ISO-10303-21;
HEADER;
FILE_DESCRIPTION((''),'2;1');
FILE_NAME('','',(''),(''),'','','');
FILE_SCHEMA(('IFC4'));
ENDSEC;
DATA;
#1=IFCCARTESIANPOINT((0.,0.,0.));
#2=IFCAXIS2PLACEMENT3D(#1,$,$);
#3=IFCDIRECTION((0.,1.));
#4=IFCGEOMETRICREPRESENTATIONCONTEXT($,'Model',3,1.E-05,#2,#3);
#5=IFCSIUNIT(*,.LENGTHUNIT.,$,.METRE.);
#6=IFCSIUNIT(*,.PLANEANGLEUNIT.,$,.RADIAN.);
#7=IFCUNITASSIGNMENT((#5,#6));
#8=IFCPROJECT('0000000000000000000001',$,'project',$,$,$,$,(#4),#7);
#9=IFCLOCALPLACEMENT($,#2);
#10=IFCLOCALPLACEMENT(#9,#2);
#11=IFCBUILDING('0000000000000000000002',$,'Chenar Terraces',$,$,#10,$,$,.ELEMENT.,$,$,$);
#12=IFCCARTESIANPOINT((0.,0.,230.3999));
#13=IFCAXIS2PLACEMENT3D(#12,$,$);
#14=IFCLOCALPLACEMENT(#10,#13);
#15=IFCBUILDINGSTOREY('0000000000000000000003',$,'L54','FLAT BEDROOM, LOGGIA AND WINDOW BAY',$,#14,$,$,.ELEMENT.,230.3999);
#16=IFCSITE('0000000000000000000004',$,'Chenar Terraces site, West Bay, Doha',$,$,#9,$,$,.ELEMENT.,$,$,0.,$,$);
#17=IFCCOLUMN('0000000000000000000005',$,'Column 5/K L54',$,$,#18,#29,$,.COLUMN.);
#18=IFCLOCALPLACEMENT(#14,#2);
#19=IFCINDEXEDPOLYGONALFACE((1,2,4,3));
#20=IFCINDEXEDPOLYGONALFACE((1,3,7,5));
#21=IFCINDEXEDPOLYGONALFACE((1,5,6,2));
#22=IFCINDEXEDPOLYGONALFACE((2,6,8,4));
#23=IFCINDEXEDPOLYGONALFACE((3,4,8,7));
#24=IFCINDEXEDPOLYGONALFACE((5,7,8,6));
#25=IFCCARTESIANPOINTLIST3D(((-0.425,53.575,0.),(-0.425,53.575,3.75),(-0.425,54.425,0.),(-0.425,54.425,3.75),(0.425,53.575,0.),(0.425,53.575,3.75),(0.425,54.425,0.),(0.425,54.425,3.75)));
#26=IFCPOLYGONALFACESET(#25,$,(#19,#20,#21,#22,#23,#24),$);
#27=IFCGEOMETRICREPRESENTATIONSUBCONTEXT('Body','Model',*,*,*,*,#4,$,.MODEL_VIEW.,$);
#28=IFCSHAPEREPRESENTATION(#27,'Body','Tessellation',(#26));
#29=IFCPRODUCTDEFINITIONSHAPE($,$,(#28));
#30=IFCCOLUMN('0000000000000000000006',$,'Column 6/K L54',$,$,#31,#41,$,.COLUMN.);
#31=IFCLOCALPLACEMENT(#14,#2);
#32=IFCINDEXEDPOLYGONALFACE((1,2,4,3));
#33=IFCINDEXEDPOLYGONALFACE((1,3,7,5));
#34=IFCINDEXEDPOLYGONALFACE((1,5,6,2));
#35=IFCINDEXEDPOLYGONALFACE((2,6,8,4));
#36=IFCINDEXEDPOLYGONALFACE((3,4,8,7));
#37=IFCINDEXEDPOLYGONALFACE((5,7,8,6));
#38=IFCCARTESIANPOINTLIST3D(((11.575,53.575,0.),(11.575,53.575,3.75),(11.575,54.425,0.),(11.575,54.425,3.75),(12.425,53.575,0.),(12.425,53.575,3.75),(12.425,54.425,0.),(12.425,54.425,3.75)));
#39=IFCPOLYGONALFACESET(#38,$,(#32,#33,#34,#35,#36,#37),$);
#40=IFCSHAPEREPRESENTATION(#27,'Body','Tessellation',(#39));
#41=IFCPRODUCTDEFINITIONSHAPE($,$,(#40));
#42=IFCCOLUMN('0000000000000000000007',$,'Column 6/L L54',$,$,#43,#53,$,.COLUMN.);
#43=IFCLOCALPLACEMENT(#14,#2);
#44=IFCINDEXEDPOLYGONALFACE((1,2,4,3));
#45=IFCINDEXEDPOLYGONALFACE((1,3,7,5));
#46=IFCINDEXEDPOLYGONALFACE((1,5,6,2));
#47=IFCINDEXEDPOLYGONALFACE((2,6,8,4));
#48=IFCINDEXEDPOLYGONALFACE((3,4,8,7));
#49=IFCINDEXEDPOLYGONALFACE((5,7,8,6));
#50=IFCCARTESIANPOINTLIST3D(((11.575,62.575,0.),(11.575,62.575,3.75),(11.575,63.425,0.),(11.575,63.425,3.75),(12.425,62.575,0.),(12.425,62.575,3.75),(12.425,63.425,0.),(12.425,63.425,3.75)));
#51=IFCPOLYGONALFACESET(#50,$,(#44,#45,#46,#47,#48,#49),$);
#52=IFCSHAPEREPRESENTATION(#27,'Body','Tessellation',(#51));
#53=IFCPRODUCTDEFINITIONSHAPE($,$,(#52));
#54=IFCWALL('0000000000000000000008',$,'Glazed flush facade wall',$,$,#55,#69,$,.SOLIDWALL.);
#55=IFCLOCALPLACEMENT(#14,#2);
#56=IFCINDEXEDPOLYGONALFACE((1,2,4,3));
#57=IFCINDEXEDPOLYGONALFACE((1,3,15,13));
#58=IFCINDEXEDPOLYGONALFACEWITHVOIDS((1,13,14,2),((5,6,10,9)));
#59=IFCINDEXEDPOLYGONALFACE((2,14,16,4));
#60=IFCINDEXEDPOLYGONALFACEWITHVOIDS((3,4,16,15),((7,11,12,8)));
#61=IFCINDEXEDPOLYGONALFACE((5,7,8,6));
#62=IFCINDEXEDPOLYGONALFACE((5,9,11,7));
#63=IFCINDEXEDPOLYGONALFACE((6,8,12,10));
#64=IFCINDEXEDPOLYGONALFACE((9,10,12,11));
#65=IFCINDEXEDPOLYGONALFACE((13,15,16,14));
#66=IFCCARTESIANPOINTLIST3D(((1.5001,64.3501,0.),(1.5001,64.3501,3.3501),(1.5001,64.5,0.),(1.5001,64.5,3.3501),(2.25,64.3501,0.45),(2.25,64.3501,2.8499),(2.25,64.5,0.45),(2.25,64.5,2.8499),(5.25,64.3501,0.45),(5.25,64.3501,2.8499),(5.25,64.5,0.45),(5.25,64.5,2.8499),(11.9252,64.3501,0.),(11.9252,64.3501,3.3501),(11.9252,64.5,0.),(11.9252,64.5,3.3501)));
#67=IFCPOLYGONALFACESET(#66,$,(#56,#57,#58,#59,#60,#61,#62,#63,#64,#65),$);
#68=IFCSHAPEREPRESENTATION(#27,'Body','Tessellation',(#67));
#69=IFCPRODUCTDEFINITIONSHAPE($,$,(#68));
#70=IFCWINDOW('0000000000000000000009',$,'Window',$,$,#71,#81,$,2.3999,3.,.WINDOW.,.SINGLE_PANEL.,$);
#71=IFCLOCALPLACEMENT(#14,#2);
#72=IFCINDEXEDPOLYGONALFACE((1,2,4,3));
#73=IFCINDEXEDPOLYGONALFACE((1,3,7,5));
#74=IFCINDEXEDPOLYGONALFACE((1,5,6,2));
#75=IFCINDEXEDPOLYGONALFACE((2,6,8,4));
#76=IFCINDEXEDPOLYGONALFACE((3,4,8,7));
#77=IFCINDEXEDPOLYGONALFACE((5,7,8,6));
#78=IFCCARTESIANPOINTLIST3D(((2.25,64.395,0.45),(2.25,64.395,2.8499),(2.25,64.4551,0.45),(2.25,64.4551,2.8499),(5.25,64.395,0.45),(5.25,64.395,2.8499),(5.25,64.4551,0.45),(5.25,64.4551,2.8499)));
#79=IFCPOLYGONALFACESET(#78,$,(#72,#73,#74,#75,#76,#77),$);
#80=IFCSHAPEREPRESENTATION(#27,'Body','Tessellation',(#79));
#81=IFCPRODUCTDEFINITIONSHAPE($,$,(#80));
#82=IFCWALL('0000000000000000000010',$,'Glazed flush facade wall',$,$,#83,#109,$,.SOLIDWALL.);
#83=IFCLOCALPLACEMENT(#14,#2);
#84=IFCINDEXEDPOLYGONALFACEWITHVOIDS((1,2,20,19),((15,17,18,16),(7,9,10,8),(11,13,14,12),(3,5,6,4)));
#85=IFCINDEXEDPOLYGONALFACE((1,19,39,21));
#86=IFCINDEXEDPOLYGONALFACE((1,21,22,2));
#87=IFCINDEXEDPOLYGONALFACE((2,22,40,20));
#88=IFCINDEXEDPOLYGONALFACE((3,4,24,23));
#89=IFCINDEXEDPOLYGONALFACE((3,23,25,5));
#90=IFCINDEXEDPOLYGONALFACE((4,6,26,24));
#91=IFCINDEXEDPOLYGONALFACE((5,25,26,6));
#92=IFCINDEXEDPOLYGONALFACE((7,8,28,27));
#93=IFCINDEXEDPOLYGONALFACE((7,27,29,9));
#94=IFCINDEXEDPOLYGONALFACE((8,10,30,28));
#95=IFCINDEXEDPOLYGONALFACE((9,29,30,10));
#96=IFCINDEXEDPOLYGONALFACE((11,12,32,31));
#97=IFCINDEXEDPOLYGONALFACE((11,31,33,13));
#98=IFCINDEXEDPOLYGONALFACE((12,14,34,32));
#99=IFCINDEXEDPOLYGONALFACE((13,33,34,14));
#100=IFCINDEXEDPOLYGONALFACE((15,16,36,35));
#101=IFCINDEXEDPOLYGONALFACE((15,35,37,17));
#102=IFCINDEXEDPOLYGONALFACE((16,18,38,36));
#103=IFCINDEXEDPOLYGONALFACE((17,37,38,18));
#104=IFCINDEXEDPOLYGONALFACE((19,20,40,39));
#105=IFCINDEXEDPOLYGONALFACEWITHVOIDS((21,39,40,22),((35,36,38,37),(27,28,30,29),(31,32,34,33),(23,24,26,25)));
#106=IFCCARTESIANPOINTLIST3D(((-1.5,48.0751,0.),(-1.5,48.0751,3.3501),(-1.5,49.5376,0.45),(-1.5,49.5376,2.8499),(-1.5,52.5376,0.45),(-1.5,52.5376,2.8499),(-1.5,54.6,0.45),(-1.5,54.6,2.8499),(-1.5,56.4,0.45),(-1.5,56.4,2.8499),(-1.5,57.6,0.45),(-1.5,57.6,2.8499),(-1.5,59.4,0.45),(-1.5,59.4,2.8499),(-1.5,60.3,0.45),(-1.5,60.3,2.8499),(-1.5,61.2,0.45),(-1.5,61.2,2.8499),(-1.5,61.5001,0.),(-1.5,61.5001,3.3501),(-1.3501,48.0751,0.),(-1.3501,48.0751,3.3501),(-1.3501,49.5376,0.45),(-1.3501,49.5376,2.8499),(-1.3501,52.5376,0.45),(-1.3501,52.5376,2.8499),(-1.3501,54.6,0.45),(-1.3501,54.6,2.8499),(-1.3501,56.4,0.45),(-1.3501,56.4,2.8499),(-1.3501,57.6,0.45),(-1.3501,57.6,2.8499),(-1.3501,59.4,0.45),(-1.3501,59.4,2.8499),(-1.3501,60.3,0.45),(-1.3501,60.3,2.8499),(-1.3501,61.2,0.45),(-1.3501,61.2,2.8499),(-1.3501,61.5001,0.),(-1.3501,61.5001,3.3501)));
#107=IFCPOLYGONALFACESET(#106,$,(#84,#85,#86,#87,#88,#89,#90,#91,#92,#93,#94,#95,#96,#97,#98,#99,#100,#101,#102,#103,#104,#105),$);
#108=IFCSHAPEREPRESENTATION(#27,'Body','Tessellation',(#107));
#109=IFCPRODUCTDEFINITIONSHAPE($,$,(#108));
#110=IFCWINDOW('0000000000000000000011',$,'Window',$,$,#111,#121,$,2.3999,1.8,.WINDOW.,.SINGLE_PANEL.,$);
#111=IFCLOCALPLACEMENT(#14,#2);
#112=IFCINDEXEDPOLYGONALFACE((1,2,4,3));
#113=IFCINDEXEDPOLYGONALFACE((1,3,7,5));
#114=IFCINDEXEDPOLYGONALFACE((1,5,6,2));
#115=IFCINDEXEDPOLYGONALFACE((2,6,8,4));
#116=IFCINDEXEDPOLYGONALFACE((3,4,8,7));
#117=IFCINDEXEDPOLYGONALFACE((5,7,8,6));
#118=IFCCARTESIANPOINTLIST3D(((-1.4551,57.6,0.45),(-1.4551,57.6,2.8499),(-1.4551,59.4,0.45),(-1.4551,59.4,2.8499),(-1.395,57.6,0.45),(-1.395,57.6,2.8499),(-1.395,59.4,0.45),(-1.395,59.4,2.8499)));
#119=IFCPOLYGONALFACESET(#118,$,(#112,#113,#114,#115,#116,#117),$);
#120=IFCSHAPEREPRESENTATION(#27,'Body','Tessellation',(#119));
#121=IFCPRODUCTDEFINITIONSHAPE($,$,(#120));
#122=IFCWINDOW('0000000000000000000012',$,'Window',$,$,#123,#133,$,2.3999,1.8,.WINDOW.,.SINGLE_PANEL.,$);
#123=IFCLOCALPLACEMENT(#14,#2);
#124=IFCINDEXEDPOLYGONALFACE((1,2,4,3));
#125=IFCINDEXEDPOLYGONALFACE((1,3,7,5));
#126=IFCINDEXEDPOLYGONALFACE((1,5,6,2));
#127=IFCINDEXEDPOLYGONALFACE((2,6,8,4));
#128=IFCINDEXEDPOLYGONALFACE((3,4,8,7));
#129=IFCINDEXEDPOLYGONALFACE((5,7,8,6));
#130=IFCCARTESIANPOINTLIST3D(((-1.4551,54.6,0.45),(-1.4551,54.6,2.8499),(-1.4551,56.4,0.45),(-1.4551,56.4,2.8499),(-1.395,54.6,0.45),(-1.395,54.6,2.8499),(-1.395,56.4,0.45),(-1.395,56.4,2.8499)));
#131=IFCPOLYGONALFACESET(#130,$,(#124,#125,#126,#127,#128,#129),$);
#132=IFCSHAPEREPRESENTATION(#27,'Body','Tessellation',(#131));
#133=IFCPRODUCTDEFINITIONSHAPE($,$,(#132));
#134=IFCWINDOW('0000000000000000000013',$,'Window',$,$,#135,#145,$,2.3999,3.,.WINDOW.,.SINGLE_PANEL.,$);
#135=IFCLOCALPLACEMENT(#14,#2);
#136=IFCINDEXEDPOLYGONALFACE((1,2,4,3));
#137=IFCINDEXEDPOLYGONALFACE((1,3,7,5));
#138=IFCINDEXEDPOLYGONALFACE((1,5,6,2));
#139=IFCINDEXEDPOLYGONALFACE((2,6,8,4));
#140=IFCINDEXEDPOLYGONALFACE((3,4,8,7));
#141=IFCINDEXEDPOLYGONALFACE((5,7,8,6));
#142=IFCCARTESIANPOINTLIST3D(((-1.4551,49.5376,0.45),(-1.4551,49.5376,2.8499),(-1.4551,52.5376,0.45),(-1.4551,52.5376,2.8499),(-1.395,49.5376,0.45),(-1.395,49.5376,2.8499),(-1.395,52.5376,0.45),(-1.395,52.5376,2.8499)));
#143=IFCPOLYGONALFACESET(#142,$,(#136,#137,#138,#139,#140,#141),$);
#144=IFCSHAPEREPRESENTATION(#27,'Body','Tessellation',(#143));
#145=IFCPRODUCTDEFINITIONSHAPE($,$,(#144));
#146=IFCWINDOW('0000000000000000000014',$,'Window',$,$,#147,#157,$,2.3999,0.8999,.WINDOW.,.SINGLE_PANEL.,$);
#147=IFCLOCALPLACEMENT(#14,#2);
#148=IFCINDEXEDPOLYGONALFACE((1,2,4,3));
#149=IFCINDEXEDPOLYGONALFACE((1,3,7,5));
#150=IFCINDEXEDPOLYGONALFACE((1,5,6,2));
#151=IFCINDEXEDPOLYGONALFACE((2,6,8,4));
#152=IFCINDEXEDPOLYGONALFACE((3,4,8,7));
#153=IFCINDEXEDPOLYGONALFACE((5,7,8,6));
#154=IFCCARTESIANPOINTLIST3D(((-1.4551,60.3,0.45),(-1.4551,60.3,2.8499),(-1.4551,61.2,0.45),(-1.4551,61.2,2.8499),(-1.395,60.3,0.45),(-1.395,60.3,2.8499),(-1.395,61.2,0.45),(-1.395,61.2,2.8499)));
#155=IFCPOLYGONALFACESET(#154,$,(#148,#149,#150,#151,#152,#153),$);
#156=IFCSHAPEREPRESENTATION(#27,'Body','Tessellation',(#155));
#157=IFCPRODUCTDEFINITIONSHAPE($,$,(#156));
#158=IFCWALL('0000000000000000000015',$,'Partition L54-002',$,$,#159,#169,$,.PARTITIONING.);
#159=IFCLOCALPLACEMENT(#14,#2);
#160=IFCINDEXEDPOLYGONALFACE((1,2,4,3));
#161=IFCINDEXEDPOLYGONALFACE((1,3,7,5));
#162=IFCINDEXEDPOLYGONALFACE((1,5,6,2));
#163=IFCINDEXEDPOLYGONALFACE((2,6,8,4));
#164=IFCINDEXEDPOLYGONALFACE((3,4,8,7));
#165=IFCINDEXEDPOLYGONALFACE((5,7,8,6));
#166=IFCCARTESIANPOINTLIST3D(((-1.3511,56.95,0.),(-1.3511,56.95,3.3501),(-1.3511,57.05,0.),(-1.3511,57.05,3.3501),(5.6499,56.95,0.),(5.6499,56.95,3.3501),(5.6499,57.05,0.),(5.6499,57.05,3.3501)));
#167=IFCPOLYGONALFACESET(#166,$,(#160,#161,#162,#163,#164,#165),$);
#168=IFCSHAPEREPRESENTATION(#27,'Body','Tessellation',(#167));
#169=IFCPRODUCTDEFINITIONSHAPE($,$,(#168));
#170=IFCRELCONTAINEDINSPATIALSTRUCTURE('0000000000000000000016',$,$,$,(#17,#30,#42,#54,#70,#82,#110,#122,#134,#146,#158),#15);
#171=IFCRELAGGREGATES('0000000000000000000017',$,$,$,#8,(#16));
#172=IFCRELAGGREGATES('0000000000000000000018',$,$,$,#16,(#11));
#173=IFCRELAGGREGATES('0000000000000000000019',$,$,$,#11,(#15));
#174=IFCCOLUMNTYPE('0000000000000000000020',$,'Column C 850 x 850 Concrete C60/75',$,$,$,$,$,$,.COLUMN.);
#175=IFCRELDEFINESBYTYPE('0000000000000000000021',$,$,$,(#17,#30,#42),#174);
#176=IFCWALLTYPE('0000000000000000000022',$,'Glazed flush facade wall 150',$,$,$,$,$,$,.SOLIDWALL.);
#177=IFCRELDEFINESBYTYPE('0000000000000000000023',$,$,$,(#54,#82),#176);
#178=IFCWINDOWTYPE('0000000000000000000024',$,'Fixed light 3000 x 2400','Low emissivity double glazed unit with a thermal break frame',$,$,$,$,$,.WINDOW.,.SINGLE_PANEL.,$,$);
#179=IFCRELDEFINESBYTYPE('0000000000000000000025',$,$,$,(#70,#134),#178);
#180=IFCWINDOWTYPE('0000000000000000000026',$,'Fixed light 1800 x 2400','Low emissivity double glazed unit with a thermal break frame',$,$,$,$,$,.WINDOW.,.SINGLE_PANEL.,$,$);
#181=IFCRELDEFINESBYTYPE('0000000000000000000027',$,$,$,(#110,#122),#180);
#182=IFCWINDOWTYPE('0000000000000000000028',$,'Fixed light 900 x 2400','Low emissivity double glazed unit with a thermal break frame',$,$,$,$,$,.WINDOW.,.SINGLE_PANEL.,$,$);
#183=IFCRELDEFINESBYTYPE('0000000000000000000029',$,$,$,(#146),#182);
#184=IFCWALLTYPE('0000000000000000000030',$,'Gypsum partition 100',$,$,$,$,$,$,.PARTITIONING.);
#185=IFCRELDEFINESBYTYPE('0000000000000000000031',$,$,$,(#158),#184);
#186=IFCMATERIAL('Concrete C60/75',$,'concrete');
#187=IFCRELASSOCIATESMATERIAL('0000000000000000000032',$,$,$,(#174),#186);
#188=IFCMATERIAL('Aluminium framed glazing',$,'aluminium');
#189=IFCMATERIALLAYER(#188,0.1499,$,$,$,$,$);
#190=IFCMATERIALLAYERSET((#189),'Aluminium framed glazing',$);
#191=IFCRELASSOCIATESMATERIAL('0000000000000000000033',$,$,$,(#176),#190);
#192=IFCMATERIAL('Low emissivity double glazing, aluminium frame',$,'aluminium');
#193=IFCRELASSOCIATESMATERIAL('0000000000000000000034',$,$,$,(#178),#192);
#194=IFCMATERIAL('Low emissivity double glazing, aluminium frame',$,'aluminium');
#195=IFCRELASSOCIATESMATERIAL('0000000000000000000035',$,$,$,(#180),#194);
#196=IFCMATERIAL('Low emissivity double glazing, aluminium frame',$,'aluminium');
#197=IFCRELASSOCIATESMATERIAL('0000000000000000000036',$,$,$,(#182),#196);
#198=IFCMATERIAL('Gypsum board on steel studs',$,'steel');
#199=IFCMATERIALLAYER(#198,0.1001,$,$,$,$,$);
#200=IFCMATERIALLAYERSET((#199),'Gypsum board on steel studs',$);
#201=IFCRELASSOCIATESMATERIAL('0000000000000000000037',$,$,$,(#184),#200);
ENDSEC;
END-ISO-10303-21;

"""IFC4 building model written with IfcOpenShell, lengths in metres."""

from ifc_helpers import new_model, si_unit, direction, frame, frame_2d, origin, origin_2d, place, context, subcontext, project, spatial, rectangle, extrude, material, layer, layer_set, material_profile, profile_set, type_object, element, fill, save


model = new_model("IFC4")

# Units and contexts
model_context = context("Model", 3, precision=1e-05, world=origin(), true_north=direction((0.0, 1.0)))
body_context = subcontext(model_context, "Body", "Model", "MODEL_VIEW")
ifc_project = project(units=[si_unit("LENGTHUNIT", "METRE"), si_unit("PLANEANGLEUNIT", "RADIAN")], contexts=[model_context])

# Site, building, storey
site_placement = place(None, origin())
site = spatial("IfcSite", under=ifc_project, at=site_placement, Name="Chenar Terraces site, West Bay, Doha", CompositionType="ELEMENT", RefElevation=0.0)
building_placement = place(site_placement, origin())
building = spatial("IfcBuilding", under=site, at=building_placement, Name="Chenar Terraces", CompositionType="ELEMENT")
storey_placement = place(building_placement, frame((0.0, 0.0, 230.3999)))
storey = spatial("IfcBuildingStorey", under=building, at=storey_placement, Name="L54", Description="FLAT BEDROOM, LOGGIA AND WINDOW BAY", CompositionType="ELEMENT", Elevation=230.3999)

# Columns
ifc_material_1 = material(Name="Concrete C60/75", Category="concrete")
ifc_material_profile = material_profile(ifc_material_1, rectangle(XDim=0.8501, YDim=0.8501, at=origin_2d()), Name="C 850 x 850")
ifc_profile_set = profile_set([ifc_material_profile], Name="Concrete C60/75")
column_type = type_object("IfcColumnType", Name="Column C 850 x 850 Concrete C60/75", PredefinedType="COLUMN", material=ifc_profile_set)
placement = place(storey_placement, frame((0.0, 54.0, 0.0), z_axis=(0.0, 0.0, 1.0), x_axis=(1.0, 0.0, 0.0)))
element("IfcColumn", 1, at=placement, inside=storey, type_object=column_type, Name="Column 5/K L54", PredefinedType="COLUMN", context=body_context, shape_type="SweptSolid", body=[
    extrude(rectangle(XDim=0.8501, YDim=0.8501, at=origin_2d()), origin(), (0.0, 0.0, 1.0), 3.75),
])
for number, where, z_axis, x_axis, name in (
    (2, (12.0, 54.0, 0.0), (0.0, 0.0, 1.0), (1.0, 0.0, 0.0), "Column 6/K L54"),
    (3, (12.0, 63.0, 0.0), (0.0, 0.0, 1.0), (1.0, 0.0, 0.0), "Column 6/L L54"),
):
    element("IfcColumn", number, at=place(storey_placement, frame(where, z_axis=z_axis, x_axis=x_axis)), inside=storey, type_object=column_type, Name=name, PredefinedType="COLUMN", context=body_context, shape_type="SweptSolid", body=[
        extrude(rectangle(XDim=0.8501, YDim=0.8501, at=origin_2d()), origin(), (0.0, 0.0, 1.0), 3.75),
    ])

# Wall, opening, window
ifc_material_2 = material(Name="Aluminium framed glazing", Category="aluminium")
ifc_layer_1 = layer(ifc_material_2, 0.1499)
ifc_layer_set_1 = layer_set([ifc_layer_1], Name="Aluminium framed glazing")
wall_type_1 = type_object("IfcWallType", Name="Glazed flush facade wall 150", PredefinedType="SOLIDWALL", material=ifc_layer_set_1)
wall_1_placement = place(storey_placement, frame((11.925, 64.425, 0.0), z_axis=(0.0, 0.0, 1.0), x_axis=(-1.0, 0.0, 0.0)))
wall_1 = element("IfcWall", 4, at=wall_1_placement, inside=storey, type_object=wall_type_1, Name="Glazed flush facade wall", PredefinedType="SOLIDWALL", context=body_context, shape_type="SweptSolid", body=[
    extrude(rectangle(XDim=10.425, YDim=0.1499, at=frame_2d((5.2124, 0.0))), origin(), (0.0, 0.0, 1.0), 3.3501),
])
opening_1_placement = place(wall_1_placement, frame((6.675, 0.0, 0.45)))
opening_1 = element("IfcOpeningElement", 5, at=opening_1_placement, cuts=wall_1, PredefinedType="OPENING", context=body_context, shape_type="SweptSolid", body=[
    extrude(rectangle(XDim=3.0, YDim=2.3999, at=frame_2d((1.5, 1.2))), frame((0.0, 0.085, 0.0), z_axis=(0.0, -1.0, 0.0), x_axis=(1.0, 0.0, 0.0)), (0.0, 0.0, 1.0), 0.1699),
])
ifc_material_3 = material(Name="Low emissivity double glazing, aluminium frame", Category="aluminium")
window_type_1 = type_object("IfcWindowType", Name="Fixed light 3000 x 2400", Description="Low emissivity double glazed unit with a thermal break frame", PartitioningType="SINGLE_PANEL", PredefinedType="WINDOW", material=ifc_material_3)
window_1_placement = place(opening_1_placement, origin())
window_1 = element("IfcWindow", 6, at=window_1_placement, inside=storey, type_object=window_type_1, Name="Window", OverallHeight=2.3999, OverallWidth=3.0, PartitioningType="SINGLE_PANEL", PredefinedType="WINDOW", context=body_context, shape_type="SweptSolid", body=[
    extrude(rectangle(XDim=3.0, YDim=2.3999, at=frame_2d((1.5, 1.2))), frame((0.0, 0.03, 0.0), z_axis=(0.0, -1.0, 0.0), x_axis=(1.0, 0.0, 0.0)), (0.0, 0.0, 1.0), 0.0601),
])
fill(opening_1, window_1)

# Wall, openings, windows
wall_2_placement = place(storey_placement, frame((-1.425, 61.5, 0.0), z_axis=(0.0, 0.0, 1.0), x_axis=(0.0, -1.0, 0.0)))
wall_2 = element("IfcWall", 7, at=wall_2_placement, inside=storey, type_object=wall_type_1, Name="Glazed flush facade wall", PredefinedType="SOLIDWALL", context=body_context, shape_type="SweptSolid", body=[
    extrude(rectangle(XDim=13.425, YDim=0.1499, at=frame_2d((6.7124, 0.0))), origin(), (0.0, 0.0, 1.0), 3.3501),
])
opening_2_placement = place(wall_2_placement, frame((0.3, 0.0, 0.45)))
opening_2 = element("IfcOpeningElement", 8, at=opening_2_placement, cuts=wall_2, PredefinedType="OPENING", context=body_context, shape_type="SweptSolid", body=[
    extrude(rectangle(XDim=0.8999, YDim=2.3999, at=frame_2d((0.45, 1.2))), frame((0.0, 0.085, 0.0), z_axis=(0.0, -1.0, 0.0), x_axis=(1.0, 0.0, 0.0)), (0.0, 0.0, 1.0), 0.1699),
])
opening_3_placement = place(wall_2_placement, frame((2.1001, 0.0, 0.45)))
opening_3 = element("IfcOpeningElement", 9, at=opening_3_placement, cuts=wall_2, PredefinedType="OPENING", context=body_context, shape_type="SweptSolid", body=[
    extrude(rectangle(XDim=1.8, YDim=2.3999, at=frame_2d((0.8999, 1.2))), frame((0.0, 0.085, 0.0), z_axis=(0.0, -1.0, 0.0), x_axis=(1.0, 0.0, 0.0)), (0.0, 0.0, 1.0), 0.1699),
])
opening_4_placement = place(wall_2_placement, frame((5.1001, 0.0, 0.45)))
opening_4 = element("IfcOpeningElement", 10, at=opening_4_placement, cuts=wall_2, PredefinedType="OPENING", context=body_context, shape_type="SweptSolid", body=[
    extrude(rectangle(XDim=1.8, YDim=2.3999, at=frame_2d((0.8999, 1.2))), frame((0.0, 0.085, 0.0), z_axis=(0.0, -1.0, 0.0), x_axis=(1.0, 0.0, 0.0)), (0.0, 0.0, 1.0), 0.1699),
])
opening_5_placement = place(wall_2_placement, frame((8.9624, 0.0, 0.45)))
opening_5 = element("IfcOpeningElement", 11, at=opening_5_placement, cuts=wall_2, PredefinedType="OPENING", context=body_context, shape_type="SweptSolid", body=[
    extrude(rectangle(XDim=3.0, YDim=2.3999, at=frame_2d((1.5, 1.2))), frame((0.0, 0.085, 0.0), z_axis=(0.0, -1.0, 0.0), x_axis=(1.0, 0.0, 0.0)), (0.0, 0.0, 1.0), 0.1699),
])
ifc_material_4 = material(Name="Low emissivity double glazing, aluminium frame", Category="aluminium")
window_type_2 = type_object("IfcWindowType", Name="Fixed light 1800 x 2400", Description="Low emissivity double glazed unit with a thermal break frame", PartitioningType="SINGLE_PANEL", PredefinedType="WINDOW", material=ifc_material_4)
window_2_placement = place(opening_3_placement, origin())
window_2 = element("IfcWindow", 12, at=window_2_placement, inside=storey, type_object=window_type_2, Name="Window", OverallHeight=2.3999, OverallWidth=1.8, PartitioningType="SINGLE_PANEL", PredefinedType="WINDOW", context=body_context, shape_type="SweptSolid", body=[
    extrude(rectangle(XDim=1.8, YDim=2.3999, at=frame_2d((0.8999, 1.2))), frame((0.0, 0.03, 0.0), z_axis=(0.0, -1.0, 0.0), x_axis=(1.0, 0.0, 0.0)), (0.0, 0.0, 1.0), 0.0601),
])
fill(opening_3, window_2)
window_3_placement = place(opening_4_placement, origin())
window_3 = element("IfcWindow", 13, at=window_3_placement, inside=storey, type_object=window_type_2, Name="Window", OverallHeight=2.3999, OverallWidth=1.8, PartitioningType="SINGLE_PANEL", PredefinedType="WINDOW", context=body_context, shape_type="SweptSolid", body=[
    extrude(rectangle(XDim=1.8, YDim=2.3999, at=frame_2d((0.8999, 1.2))), frame((0.0, 0.03, 0.0), z_axis=(0.0, -1.0, 0.0), x_axis=(1.0, 0.0, 0.0)), (0.0, 0.0, 1.0), 0.0601),
])
fill(opening_4, window_3)
window_4_placement = place(opening_5_placement, origin())
window_4 = element("IfcWindow", 14, at=window_4_placement, inside=storey, type_object=window_type_1, Name="Window", OverallHeight=2.3999, OverallWidth=3.0, PartitioningType="SINGLE_PANEL", PredefinedType="WINDOW", context=body_context, shape_type="SweptSolid", body=[
    extrude(rectangle(XDim=3.0, YDim=2.3999, at=frame_2d((1.5, 1.2))), frame((0.0, 0.03, 0.0), z_axis=(0.0, -1.0, 0.0), x_axis=(1.0, 0.0, 0.0)), (0.0, 0.0, 1.0), 0.0601),
])
fill(opening_5, window_4)
ifc_material_5 = material(Name="Low emissivity double glazing, aluminium frame", Category="aluminium")
window_type_3 = type_object("IfcWindowType", Name="Fixed light 900 x 2400", Description="Low emissivity double glazed unit with a thermal break frame", PartitioningType="SINGLE_PANEL", PredefinedType="WINDOW", material=ifc_material_5)
window_5_placement = place(opening_2_placement, origin())
window_5 = element("IfcWindow", 15, at=window_5_placement, inside=storey, type_object=window_type_3, Name="Window", OverallHeight=2.3999, OverallWidth=0.8999, PartitioningType="SINGLE_PANEL", PredefinedType="WINDOW", context=body_context, shape_type="SweptSolid", body=[
    extrude(rectangle(XDim=0.8999, YDim=2.3999, at=frame_2d((0.45, 1.2))), frame((0.0, 0.03, 0.0), z_axis=(0.0, -1.0, 0.0), x_axis=(1.0, 0.0, 0.0)), (0.0, 0.0, 1.0), 0.0601),
])
fill(opening_2, window_5)

# Wall
ifc_material_6 = material(Name="Gypsum board on steel studs", Category="steel")
ifc_layer_2 = layer(ifc_material_6, 0.1001)
ifc_layer_set_2 = layer_set([ifc_layer_2], Name="Gypsum board on steel studs")
wall_type_2 = type_object("IfcWallType", Name="Gypsum partition 100", PredefinedType="PARTITIONING", material=ifc_layer_set_2)
for number, where, z_axis, x_axis, name in (
    (16, (-1.3511, 57.0, 0.0), (0.0, 0.0, 1.0), (1.0, 0.0, 0.0), "Partition L54-002"),
):
    element("IfcWall", number, at=place(storey_placement, frame(where, z_axis=z_axis, x_axis=x_axis)), inside=storey, type_object=wall_type_2, Name=name, PredefinedType="PARTITIONING", context=body_context, shape_type="SweptSolid", body=[
        extrude(rectangle(XDim=7.001, YDim=0.1001, at=frame_2d((3.5005, 0.0))), origin(), (0.0, 0.0, 1.0), 3.3501),
    ])

save(model, "model.ifc")
